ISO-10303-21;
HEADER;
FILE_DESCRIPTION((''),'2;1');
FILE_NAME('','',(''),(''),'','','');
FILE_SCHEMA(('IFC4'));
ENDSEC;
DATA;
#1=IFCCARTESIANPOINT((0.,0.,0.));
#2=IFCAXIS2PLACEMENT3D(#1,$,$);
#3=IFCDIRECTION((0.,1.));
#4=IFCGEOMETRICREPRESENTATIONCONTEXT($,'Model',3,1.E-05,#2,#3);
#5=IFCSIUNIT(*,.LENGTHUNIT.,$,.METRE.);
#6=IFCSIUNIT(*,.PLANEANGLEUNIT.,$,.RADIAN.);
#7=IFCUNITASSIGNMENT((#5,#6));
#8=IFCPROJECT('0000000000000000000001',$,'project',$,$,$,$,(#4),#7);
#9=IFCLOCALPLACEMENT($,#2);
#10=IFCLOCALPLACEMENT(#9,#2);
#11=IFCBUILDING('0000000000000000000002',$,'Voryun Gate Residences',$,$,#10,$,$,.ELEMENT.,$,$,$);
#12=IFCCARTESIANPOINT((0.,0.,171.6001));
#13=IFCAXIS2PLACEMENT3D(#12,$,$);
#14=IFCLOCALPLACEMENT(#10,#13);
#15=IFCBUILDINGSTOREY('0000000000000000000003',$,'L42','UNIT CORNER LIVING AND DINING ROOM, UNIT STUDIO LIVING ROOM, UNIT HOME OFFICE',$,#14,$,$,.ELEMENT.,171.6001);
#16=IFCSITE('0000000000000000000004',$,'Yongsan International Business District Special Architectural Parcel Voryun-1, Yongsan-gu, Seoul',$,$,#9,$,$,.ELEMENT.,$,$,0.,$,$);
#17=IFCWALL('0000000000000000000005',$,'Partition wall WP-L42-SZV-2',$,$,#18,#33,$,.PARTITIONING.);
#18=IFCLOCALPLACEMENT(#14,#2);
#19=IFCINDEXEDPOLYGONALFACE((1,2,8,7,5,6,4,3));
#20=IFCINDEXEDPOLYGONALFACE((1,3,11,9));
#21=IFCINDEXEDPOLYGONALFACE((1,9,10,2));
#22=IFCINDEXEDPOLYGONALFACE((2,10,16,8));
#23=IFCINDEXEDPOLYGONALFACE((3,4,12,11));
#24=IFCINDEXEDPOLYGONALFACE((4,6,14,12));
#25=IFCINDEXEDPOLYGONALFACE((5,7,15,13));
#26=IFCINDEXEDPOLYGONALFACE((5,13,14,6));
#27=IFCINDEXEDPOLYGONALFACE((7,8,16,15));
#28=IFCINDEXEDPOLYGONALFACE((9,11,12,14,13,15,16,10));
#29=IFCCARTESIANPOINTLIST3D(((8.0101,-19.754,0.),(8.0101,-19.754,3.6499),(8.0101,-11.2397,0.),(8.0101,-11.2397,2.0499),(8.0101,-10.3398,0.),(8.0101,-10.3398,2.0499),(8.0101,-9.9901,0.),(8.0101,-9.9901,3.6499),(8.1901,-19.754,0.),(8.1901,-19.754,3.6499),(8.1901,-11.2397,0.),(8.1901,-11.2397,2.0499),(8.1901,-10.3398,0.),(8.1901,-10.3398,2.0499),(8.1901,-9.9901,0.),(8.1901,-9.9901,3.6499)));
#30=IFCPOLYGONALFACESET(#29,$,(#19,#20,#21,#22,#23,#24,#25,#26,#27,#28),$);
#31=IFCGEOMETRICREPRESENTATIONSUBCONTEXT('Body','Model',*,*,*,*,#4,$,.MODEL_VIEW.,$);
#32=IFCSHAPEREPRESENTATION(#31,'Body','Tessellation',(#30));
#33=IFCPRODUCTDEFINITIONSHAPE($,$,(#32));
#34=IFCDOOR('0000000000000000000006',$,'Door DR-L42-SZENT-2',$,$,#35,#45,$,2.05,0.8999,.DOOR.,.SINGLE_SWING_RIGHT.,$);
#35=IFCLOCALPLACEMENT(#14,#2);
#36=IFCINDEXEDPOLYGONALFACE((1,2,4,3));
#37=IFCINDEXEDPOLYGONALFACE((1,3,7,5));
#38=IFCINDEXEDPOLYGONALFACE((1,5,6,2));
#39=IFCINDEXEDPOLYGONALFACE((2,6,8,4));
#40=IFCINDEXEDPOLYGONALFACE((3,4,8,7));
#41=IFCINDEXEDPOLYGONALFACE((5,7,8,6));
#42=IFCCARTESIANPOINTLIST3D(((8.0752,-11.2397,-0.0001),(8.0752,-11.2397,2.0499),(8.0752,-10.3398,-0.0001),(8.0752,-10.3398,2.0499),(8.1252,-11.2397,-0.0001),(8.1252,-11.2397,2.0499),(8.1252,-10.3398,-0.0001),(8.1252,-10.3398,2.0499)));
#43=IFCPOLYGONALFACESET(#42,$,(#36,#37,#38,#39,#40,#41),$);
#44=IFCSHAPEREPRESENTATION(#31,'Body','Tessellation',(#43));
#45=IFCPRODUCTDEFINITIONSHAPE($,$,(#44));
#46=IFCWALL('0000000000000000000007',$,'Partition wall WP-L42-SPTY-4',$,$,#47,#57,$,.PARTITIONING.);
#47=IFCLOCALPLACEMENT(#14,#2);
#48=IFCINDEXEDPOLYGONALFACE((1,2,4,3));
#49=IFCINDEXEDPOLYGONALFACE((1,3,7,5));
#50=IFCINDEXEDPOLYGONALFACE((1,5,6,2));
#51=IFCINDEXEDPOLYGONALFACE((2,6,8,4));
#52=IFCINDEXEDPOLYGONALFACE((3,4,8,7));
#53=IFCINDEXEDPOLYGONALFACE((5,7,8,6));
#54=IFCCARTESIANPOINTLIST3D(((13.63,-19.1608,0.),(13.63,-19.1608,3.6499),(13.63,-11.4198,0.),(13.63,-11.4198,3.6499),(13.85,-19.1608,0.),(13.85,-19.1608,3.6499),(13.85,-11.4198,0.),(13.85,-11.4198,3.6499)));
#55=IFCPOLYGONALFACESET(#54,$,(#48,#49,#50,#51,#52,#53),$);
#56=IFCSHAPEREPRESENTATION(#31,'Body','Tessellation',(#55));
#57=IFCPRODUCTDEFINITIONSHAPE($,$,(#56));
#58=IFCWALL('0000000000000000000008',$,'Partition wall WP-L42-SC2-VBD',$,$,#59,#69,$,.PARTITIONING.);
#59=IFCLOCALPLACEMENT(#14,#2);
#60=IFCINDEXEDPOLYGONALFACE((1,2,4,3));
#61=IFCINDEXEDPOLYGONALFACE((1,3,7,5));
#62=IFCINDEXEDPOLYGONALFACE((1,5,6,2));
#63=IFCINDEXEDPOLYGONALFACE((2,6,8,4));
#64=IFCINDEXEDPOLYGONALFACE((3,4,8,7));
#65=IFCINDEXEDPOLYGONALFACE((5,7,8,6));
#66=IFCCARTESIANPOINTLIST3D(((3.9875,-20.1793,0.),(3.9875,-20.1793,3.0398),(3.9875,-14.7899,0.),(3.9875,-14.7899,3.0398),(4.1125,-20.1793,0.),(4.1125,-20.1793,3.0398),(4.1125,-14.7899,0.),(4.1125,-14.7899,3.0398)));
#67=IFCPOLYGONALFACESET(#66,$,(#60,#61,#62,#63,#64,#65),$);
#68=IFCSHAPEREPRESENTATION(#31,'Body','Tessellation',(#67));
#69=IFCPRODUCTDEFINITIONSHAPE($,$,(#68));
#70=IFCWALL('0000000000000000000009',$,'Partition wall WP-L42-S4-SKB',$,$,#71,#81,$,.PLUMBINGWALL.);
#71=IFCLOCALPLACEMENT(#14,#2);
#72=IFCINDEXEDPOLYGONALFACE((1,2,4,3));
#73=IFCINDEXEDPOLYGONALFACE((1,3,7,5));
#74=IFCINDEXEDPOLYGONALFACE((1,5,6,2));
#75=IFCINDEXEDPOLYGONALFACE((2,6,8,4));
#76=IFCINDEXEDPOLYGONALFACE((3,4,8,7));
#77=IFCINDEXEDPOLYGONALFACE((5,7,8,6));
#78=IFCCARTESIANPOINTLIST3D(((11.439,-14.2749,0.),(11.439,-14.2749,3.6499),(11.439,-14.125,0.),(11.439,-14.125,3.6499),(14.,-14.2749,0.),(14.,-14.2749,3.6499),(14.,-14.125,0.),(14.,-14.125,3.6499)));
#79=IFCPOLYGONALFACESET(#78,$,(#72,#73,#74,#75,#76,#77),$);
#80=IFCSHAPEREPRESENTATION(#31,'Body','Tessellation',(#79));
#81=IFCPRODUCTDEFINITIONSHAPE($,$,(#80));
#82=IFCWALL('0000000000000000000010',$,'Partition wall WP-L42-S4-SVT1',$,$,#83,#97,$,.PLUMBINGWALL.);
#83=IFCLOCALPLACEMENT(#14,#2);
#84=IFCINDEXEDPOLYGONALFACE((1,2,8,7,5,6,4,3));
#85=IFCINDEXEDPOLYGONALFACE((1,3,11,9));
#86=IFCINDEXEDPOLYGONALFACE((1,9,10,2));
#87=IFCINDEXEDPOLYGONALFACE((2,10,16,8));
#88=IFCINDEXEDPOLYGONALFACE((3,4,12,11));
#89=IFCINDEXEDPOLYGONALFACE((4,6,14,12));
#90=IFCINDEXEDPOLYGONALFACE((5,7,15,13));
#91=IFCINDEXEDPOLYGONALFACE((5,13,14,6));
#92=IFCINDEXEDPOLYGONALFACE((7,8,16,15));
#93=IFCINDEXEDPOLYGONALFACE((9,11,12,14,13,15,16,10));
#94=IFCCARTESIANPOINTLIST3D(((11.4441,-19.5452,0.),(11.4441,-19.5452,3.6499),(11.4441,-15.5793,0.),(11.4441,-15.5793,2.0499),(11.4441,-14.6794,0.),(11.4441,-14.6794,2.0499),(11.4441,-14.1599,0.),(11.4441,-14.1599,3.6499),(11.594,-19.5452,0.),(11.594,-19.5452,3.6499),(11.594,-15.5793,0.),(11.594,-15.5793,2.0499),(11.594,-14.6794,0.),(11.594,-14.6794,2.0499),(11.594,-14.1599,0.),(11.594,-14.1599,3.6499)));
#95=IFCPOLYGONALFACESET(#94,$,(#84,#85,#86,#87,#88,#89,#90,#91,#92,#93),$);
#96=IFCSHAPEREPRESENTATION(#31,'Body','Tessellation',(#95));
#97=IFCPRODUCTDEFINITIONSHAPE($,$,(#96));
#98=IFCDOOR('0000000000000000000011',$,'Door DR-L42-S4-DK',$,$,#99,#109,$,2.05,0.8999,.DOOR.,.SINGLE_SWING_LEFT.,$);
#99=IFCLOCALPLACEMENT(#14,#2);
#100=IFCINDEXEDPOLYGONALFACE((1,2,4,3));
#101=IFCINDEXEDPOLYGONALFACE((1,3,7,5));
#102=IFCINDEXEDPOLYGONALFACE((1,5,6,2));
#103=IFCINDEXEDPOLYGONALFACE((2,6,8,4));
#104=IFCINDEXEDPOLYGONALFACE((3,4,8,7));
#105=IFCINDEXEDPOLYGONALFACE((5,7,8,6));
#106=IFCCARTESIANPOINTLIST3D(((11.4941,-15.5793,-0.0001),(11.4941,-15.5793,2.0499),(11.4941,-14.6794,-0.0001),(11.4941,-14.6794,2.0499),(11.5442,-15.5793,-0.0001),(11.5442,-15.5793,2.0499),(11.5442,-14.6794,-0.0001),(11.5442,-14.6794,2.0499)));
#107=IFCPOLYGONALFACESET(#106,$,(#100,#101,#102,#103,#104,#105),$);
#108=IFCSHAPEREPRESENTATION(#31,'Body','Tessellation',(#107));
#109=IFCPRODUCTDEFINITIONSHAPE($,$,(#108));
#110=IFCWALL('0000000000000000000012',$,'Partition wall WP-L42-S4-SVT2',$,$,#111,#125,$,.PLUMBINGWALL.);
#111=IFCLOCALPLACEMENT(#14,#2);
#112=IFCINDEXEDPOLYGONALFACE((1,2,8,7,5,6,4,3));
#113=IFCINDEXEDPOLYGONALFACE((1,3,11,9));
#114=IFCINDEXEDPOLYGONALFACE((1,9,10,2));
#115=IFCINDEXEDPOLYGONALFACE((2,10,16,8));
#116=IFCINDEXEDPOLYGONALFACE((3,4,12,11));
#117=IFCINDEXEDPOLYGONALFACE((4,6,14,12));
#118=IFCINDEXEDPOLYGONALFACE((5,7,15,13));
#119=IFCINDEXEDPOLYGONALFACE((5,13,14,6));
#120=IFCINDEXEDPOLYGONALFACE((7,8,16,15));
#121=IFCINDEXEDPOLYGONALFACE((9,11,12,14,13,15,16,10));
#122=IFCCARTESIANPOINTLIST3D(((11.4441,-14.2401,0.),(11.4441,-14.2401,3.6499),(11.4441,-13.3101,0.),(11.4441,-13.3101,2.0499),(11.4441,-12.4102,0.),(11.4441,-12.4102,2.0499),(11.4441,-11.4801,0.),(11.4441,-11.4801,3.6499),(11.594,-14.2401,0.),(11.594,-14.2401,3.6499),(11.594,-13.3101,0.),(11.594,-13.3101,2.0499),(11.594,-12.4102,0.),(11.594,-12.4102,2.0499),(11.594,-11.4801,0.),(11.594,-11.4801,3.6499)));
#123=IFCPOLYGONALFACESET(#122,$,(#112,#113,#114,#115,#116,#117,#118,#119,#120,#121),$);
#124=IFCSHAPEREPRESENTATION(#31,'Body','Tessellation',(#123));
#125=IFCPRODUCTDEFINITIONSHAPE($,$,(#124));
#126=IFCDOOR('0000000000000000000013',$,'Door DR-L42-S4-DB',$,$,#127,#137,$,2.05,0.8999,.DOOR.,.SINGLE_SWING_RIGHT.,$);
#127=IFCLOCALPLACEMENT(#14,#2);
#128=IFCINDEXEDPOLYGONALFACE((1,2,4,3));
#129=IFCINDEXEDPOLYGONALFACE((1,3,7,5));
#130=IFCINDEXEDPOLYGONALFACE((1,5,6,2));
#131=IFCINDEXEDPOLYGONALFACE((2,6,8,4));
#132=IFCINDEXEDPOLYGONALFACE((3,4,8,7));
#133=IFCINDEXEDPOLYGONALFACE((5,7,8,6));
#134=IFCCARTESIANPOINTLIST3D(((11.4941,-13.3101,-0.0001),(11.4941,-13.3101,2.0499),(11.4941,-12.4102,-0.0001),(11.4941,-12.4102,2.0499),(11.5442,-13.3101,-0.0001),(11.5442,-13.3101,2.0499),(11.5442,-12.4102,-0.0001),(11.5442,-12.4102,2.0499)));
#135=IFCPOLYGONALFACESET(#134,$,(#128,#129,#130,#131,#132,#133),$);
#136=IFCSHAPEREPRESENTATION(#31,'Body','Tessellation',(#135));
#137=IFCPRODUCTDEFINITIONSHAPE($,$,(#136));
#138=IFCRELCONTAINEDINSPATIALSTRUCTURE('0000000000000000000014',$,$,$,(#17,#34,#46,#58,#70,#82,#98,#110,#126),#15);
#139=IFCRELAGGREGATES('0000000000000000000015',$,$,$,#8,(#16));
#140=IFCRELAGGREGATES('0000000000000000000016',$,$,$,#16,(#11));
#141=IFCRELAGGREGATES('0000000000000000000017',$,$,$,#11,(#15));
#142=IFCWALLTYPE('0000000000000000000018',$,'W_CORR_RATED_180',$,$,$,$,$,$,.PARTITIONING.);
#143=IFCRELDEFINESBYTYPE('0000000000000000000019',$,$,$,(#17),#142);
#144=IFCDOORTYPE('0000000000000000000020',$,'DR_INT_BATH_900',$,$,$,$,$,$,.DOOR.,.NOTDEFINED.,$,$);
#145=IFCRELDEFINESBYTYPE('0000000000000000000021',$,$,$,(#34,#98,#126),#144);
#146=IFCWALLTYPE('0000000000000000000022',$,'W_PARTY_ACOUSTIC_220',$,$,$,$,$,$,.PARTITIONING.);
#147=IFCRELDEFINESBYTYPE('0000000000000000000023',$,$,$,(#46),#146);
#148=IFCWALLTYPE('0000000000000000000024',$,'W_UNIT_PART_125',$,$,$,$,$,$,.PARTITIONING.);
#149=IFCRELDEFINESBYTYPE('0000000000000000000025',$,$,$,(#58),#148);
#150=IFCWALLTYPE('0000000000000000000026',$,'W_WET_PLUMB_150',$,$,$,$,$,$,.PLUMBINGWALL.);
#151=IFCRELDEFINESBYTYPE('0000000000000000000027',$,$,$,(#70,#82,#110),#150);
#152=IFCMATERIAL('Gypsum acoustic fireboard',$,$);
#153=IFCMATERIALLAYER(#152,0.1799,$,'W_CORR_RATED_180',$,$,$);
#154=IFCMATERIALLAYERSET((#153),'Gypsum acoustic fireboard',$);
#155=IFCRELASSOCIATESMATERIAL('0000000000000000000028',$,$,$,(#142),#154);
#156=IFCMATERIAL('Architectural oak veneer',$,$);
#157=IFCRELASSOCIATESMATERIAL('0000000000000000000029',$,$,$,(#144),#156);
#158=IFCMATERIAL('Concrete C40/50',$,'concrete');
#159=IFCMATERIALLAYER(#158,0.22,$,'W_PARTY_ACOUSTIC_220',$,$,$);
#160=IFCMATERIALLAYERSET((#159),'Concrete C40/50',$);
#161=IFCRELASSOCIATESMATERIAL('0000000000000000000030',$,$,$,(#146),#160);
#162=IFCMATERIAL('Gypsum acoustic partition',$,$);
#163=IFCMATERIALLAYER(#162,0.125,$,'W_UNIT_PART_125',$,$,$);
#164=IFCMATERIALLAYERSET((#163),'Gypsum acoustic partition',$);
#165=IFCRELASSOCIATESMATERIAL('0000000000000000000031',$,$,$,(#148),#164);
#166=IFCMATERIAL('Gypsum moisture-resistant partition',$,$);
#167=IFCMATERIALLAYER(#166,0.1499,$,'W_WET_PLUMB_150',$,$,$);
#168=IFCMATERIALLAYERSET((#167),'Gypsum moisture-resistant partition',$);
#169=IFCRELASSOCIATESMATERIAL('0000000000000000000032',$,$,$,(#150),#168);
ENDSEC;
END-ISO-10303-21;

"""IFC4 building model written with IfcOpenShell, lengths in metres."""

from ifc_helpers import new_model, si_unit, direction, frame, frame_2d, origin, place, context, subcontext, project, spatial, rectangle, extrude, material, layer, layer_set, type_object, element, fill, save


model = new_model("IFC4")

# Units and contexts
model_context = context("Model", 3, precision=1e-05, world=origin(), true_north=direction((0.0, 1.0)))
body_context = subcontext(model_context, "Body", "Model", "MODEL_VIEW")
ifc_project = project(units=[si_unit("LENGTHUNIT", "METRE"), si_unit("PLANEANGLEUNIT", "RADIAN")], contexts=[model_context])

# Site, building, storey
site_placement = place(None, origin())
site = spatial("IfcSite", under=ifc_project, at=site_placement, Name="Yongsan International Business District Special Architectural Parcel Voryun-1, Yongsan-gu, Seoul", CompositionType="ELEMENT", RefElevation=0.0)
building_placement = place(site_placement, origin())
building = spatial("IfcBuilding", under=site, at=building_placement, Name="Voryun Gate Residences", CompositionType="ELEMENT")
storey_placement = place(building_placement, frame((0.0, 0.0, 171.6001)))
storey = spatial("IfcBuildingStorey", under=building, at=storey_placement, Name="L42", Description="UNIT CORNER LIVING AND DINING ROOM, UNIT STUDIO LIVING ROOM, UNIT HOME OFFICE", CompositionType="ELEMENT", Elevation=171.6001)

# Shared definitions
ifc_material_1 = material(Name="Gypsum acoustic fireboard")
ifc_layer_1 = layer(ifc_material_1, 0.1799, Name="W_CORR_RATED_180")
ifc_layer_set_1 = layer_set([ifc_layer_1], Name="Gypsum acoustic fireboard")
wall_type_1 = type_object("IfcWallType", Name="W_CORR_RATED_180", PredefinedType="PARTITIONING", material=ifc_layer_set_1)

# Wall, opening, door
wall_1_placement = place(storey_placement, frame((8.1001, -19.7539, 0.0), z_axis=(0.0, 0.0, 1.0), x_axis=(0.0, 1.0, 0.0)))
wall_1 = element("IfcWall", 1, at=wall_1_placement, inside=storey, type_object=wall_type_1, Name="Partition wall WP-L42-SZV-2", PredefinedType="PARTITIONING", context=body_context, shape_type="SweptSolid", body=[
    extrude(rectangle(XDim=9.7639, YDim=0.1799, at=frame_2d((4.8818, 0.0))), origin(), (0.0, 0.0, 1.0), 3.6499),
])
opening_1_placement = place(wall_1_placement, frame((8.5142, 0.0, 0.0)))
opening_1 = element("IfcOpeningElement", 2, at=opening_1_placement, cuts=wall_1, PredefinedType="OPENING", context=body_context, shape_type="SweptSolid", body=[
    extrude(rectangle(XDim=0.8999, YDim=2.05, at=frame_2d((0.45, 1.0249))), frame((0.0, 0.0999, 0.0), z_axis=(0.0, -1.0, 0.0), x_axis=(1.0, 0.0, 0.0)), (0.0, 0.0, 1.0), 0.2),
])
ifc_material_2 = material(Name="Architectural oak veneer")
door_type_1 = type_object("IfcDoorType", Name="DR_INT_BATH_900", OperationType="NOTDEFINED", PredefinedType="DOOR", material=ifc_material_2)
door_1_placement = place(opening_1_placement, origin())
door_1 = element("IfcDoor", 3, at=door_1_placement, inside=storey, type_object=door_type_1, Name="Door DR-L42-SZENT-2", OperationType="SINGLE_SWING_RIGHT", OverallHeight=2.05, OverallWidth=0.8999, PredefinedType="DOOR", context=body_context, shape_type="SweptSolid", body=[
    extrude(rectangle(XDim=0.8999, YDim=2.05, at=frame_2d((0.45, 1.0249))), frame((0.0, 0.0249, 0.0), z_axis=(0.0, -1.0, 0.0), x_axis=(1.0, 0.0, 0.0)), (0.0, 0.0, 1.0), 0.05),
])
fill(opening_1, door_1)

# Walls
ifc_material_3 = material(Name="Concrete C40/50", Category="concrete")
ifc_layer_2 = layer(ifc_material_3, 0.22, Name="W_PARTY_ACOUSTIC_220")
ifc_layer_set_2 = layer_set([ifc_layer_2], Name="Concrete C40/50")
wall_type_2 = type_object("IfcWallType", Name="W_PARTY_ACOUSTIC_220", PredefinedType="PARTITIONING", material=ifc_layer_set_2)
wall_2_placement = place(storey_placement, frame((13.74, -19.1609, 0.0), z_axis=(0.0, 0.0, 1.0), x_axis=(0.0, 1.0, 0.0)))
element("IfcWall", 4, at=wall_2_placement, inside=storey, type_object=wall_type_2, Name="Partition wall WP-L42-SPTY-4", PredefinedType="PARTITIONING", context=body_context, shape_type="SweptSolid", body=[
    extrude(rectangle(XDim=7.741, YDim=0.22, at=frame_2d((3.8706, 0.0))), origin(), (0.0, 0.0, 1.0), 3.6499),
])
ifc_material_4 = material(Name="Gypsum acoustic partition")
ifc_layer_3 = layer(ifc_material_4, 0.125, Name="W_UNIT_PART_125")
ifc_layer_set_3 = layer_set([ifc_layer_3], Name="Gypsum acoustic partition")
wall_type_3 = type_object("IfcWallType", Name="W_UNIT_PART_125", PredefinedType="PARTITIONING", material=ifc_layer_set_3)
wall_3_placement = place(storey_placement, frame((4.05, -20.1794, 0.0), z_axis=(0.0, 0.0, 1.0), x_axis=(0.0, 1.0, 0.0)))
element("IfcWall", 5, at=wall_3_placement, inside=storey, type_object=wall_type_3, Name="Partition wall WP-L42-SC2-VBD", PredefinedType="PARTITIONING", context=body_context, shape_type="SweptSolid", body=[
    extrude(rectangle(XDim=5.3894, YDim=0.125, at=frame_2d((2.6948, 0.0))), origin(), (0.0, 0.0, 1.0), 3.0398),
])
ifc_material_5 = material(Name="Gypsum moisture-resistant partition")
ifc_layer_4 = layer(ifc_material_5, 0.1499, Name="W_WET_PLUMB_150")
ifc_layer_set_4 = layer_set([ifc_layer_4], Name="Gypsum moisture-resistant partition")
wall_type_4 = type_object("IfcWallType", Name="W_WET_PLUMB_150", PredefinedType="PLUMBINGWALL", material=ifc_layer_set_4)
wall_4_placement = place(storey_placement, frame((11.439, -14.2, 0.0), z_axis=(0.0, 0.0, 1.0), x_axis=(1.0, 0.0, 0.0)))
element("IfcWall", 6, at=wall_4_placement, inside=storey, type_object=wall_type_4, Name="Partition wall WP-L42-S4-SKB", PredefinedType="PLUMBINGWALL", context=body_context, shape_type="SweptSolid", body=[
    extrude(rectangle(XDim=2.561, YDim=0.1499, at=frame_2d((1.2805, 0.0))), origin(), (0.0, 0.0, 1.0), 3.6499),
])

# Walls, openings, doors
wall_5_placement = place(storey_placement, frame((11.519, -19.5452, 0.0), z_axis=(0.0, 0.0, 1.0), x_axis=(0.0, 1.0, 0.0)))
wall_5 = element("IfcWall", 7, at=wall_5_placement, inside=storey, type_object=wall_type_4, Name="Partition wall WP-L42-S4-SVT1", PredefinedType="PLUMBINGWALL", context=body_context, shape_type="SweptSolid", body=[
    extrude(rectangle(XDim=5.3853, YDim=0.1499, at=frame_2d((2.6926, 0.0))), origin(), (0.0, 0.0, 1.0), 3.6499),
])
opening_2_placement = place(wall_5_placement, frame((3.9658, 0.0, 0.0)))
opening_2 = element("IfcOpeningElement", 8, at=opening_2_placement, cuts=wall_5, PredefinedType="OPENING", context=body_context, shape_type="SweptSolid", body=[
    extrude(rectangle(XDim=0.8999, YDim=2.05, at=frame_2d((0.45, 1.0249))), frame((0.0, 0.085, 0.0), z_axis=(0.0, -1.0, 0.0), x_axis=(1.0, 0.0, 0.0)), (0.0, 0.0, 1.0), 0.1699),
])
door_2_placement = place(opening_2_placement, origin())
door_2 = element("IfcDoor", 9, at=door_2_placement, inside=storey, type_object=door_type_1, Name="Door DR-L42-S4-DK", OperationType="SINGLE_SWING_LEFT", OverallHeight=2.05, OverallWidth=0.8999, PredefinedType="DOOR", context=body_context, shape_type="SweptSolid", body=[
    extrude(rectangle(XDim=0.8999, YDim=2.05, at=frame_2d((0.45, 1.0249))), frame((0.0, 0.0249, 0.0), z_axis=(0.0, -1.0, 0.0), x_axis=(1.0, 0.0, 0.0)), (0.0, 0.0, 1.0), 0.05),
])
fill(opening_2, door_2)
wall_6_placement = place(storey_placement, frame((11.519, -14.24, 0.0), z_axis=(0.0, 0.0, 1.0), x_axis=(0.0, 1.0, 0.0)))
wall_6 = element("IfcWall", 10, at=wall_6_placement, inside=storey, type_object=wall_type_4, Name="Partition wall WP-L42-S4-SVT2", PredefinedType="PLUMBINGWALL", context=body_context, shape_type="SweptSolid", body=[
    extrude(rectangle(XDim=2.76, YDim=0.1499, at=frame_2d((1.3799, 0.0))), origin(), (0.0, 0.0, 1.0), 3.6499),
])
opening_3_placement = place(wall_6_placement, frame((0.9299, 0.0, 0.0)))
opening_3 = element("IfcOpeningElement", 11, at=opening_3_placement, cuts=wall_6, PredefinedType="OPENING", context=body_context, shape_type="SweptSolid", body=[
    extrude(rectangle(XDim=0.8999, YDim=2.05, at=frame_2d((0.45, 1.0249))), frame((0.0, 0.085, 0.0), z_axis=(0.0, -1.0, 0.0), x_axis=(1.0, 0.0, 0.0)), (0.0, 0.0, 1.0), 0.1699),
])
door_3_placement = place(opening_3_placement, origin())
door_3 = element("IfcDoor", 12, at=door_3_placement, inside=storey, type_object=door_type_1, Name="Door DR-L42-S4-DB", OperationType="SINGLE_SWING_RIGHT", OverallHeight=2.05, OverallWidth=0.8999, PredefinedType="DOOR", context=body_context, shape_type="SweptSolid", body=[
    extrude(rectangle(XDim=0.8999, YDim=2.05, at=frame_2d((0.45, 1.0249))), frame((0.0, 0.0249, 0.0), z_axis=(0.0, -1.0, 0.0), x_axis=(1.0, 0.0, 0.0)), (0.0, 0.0, 1.0), 0.05),
])
fill(opening_3, door_3)

save(model, "model.ifc")
